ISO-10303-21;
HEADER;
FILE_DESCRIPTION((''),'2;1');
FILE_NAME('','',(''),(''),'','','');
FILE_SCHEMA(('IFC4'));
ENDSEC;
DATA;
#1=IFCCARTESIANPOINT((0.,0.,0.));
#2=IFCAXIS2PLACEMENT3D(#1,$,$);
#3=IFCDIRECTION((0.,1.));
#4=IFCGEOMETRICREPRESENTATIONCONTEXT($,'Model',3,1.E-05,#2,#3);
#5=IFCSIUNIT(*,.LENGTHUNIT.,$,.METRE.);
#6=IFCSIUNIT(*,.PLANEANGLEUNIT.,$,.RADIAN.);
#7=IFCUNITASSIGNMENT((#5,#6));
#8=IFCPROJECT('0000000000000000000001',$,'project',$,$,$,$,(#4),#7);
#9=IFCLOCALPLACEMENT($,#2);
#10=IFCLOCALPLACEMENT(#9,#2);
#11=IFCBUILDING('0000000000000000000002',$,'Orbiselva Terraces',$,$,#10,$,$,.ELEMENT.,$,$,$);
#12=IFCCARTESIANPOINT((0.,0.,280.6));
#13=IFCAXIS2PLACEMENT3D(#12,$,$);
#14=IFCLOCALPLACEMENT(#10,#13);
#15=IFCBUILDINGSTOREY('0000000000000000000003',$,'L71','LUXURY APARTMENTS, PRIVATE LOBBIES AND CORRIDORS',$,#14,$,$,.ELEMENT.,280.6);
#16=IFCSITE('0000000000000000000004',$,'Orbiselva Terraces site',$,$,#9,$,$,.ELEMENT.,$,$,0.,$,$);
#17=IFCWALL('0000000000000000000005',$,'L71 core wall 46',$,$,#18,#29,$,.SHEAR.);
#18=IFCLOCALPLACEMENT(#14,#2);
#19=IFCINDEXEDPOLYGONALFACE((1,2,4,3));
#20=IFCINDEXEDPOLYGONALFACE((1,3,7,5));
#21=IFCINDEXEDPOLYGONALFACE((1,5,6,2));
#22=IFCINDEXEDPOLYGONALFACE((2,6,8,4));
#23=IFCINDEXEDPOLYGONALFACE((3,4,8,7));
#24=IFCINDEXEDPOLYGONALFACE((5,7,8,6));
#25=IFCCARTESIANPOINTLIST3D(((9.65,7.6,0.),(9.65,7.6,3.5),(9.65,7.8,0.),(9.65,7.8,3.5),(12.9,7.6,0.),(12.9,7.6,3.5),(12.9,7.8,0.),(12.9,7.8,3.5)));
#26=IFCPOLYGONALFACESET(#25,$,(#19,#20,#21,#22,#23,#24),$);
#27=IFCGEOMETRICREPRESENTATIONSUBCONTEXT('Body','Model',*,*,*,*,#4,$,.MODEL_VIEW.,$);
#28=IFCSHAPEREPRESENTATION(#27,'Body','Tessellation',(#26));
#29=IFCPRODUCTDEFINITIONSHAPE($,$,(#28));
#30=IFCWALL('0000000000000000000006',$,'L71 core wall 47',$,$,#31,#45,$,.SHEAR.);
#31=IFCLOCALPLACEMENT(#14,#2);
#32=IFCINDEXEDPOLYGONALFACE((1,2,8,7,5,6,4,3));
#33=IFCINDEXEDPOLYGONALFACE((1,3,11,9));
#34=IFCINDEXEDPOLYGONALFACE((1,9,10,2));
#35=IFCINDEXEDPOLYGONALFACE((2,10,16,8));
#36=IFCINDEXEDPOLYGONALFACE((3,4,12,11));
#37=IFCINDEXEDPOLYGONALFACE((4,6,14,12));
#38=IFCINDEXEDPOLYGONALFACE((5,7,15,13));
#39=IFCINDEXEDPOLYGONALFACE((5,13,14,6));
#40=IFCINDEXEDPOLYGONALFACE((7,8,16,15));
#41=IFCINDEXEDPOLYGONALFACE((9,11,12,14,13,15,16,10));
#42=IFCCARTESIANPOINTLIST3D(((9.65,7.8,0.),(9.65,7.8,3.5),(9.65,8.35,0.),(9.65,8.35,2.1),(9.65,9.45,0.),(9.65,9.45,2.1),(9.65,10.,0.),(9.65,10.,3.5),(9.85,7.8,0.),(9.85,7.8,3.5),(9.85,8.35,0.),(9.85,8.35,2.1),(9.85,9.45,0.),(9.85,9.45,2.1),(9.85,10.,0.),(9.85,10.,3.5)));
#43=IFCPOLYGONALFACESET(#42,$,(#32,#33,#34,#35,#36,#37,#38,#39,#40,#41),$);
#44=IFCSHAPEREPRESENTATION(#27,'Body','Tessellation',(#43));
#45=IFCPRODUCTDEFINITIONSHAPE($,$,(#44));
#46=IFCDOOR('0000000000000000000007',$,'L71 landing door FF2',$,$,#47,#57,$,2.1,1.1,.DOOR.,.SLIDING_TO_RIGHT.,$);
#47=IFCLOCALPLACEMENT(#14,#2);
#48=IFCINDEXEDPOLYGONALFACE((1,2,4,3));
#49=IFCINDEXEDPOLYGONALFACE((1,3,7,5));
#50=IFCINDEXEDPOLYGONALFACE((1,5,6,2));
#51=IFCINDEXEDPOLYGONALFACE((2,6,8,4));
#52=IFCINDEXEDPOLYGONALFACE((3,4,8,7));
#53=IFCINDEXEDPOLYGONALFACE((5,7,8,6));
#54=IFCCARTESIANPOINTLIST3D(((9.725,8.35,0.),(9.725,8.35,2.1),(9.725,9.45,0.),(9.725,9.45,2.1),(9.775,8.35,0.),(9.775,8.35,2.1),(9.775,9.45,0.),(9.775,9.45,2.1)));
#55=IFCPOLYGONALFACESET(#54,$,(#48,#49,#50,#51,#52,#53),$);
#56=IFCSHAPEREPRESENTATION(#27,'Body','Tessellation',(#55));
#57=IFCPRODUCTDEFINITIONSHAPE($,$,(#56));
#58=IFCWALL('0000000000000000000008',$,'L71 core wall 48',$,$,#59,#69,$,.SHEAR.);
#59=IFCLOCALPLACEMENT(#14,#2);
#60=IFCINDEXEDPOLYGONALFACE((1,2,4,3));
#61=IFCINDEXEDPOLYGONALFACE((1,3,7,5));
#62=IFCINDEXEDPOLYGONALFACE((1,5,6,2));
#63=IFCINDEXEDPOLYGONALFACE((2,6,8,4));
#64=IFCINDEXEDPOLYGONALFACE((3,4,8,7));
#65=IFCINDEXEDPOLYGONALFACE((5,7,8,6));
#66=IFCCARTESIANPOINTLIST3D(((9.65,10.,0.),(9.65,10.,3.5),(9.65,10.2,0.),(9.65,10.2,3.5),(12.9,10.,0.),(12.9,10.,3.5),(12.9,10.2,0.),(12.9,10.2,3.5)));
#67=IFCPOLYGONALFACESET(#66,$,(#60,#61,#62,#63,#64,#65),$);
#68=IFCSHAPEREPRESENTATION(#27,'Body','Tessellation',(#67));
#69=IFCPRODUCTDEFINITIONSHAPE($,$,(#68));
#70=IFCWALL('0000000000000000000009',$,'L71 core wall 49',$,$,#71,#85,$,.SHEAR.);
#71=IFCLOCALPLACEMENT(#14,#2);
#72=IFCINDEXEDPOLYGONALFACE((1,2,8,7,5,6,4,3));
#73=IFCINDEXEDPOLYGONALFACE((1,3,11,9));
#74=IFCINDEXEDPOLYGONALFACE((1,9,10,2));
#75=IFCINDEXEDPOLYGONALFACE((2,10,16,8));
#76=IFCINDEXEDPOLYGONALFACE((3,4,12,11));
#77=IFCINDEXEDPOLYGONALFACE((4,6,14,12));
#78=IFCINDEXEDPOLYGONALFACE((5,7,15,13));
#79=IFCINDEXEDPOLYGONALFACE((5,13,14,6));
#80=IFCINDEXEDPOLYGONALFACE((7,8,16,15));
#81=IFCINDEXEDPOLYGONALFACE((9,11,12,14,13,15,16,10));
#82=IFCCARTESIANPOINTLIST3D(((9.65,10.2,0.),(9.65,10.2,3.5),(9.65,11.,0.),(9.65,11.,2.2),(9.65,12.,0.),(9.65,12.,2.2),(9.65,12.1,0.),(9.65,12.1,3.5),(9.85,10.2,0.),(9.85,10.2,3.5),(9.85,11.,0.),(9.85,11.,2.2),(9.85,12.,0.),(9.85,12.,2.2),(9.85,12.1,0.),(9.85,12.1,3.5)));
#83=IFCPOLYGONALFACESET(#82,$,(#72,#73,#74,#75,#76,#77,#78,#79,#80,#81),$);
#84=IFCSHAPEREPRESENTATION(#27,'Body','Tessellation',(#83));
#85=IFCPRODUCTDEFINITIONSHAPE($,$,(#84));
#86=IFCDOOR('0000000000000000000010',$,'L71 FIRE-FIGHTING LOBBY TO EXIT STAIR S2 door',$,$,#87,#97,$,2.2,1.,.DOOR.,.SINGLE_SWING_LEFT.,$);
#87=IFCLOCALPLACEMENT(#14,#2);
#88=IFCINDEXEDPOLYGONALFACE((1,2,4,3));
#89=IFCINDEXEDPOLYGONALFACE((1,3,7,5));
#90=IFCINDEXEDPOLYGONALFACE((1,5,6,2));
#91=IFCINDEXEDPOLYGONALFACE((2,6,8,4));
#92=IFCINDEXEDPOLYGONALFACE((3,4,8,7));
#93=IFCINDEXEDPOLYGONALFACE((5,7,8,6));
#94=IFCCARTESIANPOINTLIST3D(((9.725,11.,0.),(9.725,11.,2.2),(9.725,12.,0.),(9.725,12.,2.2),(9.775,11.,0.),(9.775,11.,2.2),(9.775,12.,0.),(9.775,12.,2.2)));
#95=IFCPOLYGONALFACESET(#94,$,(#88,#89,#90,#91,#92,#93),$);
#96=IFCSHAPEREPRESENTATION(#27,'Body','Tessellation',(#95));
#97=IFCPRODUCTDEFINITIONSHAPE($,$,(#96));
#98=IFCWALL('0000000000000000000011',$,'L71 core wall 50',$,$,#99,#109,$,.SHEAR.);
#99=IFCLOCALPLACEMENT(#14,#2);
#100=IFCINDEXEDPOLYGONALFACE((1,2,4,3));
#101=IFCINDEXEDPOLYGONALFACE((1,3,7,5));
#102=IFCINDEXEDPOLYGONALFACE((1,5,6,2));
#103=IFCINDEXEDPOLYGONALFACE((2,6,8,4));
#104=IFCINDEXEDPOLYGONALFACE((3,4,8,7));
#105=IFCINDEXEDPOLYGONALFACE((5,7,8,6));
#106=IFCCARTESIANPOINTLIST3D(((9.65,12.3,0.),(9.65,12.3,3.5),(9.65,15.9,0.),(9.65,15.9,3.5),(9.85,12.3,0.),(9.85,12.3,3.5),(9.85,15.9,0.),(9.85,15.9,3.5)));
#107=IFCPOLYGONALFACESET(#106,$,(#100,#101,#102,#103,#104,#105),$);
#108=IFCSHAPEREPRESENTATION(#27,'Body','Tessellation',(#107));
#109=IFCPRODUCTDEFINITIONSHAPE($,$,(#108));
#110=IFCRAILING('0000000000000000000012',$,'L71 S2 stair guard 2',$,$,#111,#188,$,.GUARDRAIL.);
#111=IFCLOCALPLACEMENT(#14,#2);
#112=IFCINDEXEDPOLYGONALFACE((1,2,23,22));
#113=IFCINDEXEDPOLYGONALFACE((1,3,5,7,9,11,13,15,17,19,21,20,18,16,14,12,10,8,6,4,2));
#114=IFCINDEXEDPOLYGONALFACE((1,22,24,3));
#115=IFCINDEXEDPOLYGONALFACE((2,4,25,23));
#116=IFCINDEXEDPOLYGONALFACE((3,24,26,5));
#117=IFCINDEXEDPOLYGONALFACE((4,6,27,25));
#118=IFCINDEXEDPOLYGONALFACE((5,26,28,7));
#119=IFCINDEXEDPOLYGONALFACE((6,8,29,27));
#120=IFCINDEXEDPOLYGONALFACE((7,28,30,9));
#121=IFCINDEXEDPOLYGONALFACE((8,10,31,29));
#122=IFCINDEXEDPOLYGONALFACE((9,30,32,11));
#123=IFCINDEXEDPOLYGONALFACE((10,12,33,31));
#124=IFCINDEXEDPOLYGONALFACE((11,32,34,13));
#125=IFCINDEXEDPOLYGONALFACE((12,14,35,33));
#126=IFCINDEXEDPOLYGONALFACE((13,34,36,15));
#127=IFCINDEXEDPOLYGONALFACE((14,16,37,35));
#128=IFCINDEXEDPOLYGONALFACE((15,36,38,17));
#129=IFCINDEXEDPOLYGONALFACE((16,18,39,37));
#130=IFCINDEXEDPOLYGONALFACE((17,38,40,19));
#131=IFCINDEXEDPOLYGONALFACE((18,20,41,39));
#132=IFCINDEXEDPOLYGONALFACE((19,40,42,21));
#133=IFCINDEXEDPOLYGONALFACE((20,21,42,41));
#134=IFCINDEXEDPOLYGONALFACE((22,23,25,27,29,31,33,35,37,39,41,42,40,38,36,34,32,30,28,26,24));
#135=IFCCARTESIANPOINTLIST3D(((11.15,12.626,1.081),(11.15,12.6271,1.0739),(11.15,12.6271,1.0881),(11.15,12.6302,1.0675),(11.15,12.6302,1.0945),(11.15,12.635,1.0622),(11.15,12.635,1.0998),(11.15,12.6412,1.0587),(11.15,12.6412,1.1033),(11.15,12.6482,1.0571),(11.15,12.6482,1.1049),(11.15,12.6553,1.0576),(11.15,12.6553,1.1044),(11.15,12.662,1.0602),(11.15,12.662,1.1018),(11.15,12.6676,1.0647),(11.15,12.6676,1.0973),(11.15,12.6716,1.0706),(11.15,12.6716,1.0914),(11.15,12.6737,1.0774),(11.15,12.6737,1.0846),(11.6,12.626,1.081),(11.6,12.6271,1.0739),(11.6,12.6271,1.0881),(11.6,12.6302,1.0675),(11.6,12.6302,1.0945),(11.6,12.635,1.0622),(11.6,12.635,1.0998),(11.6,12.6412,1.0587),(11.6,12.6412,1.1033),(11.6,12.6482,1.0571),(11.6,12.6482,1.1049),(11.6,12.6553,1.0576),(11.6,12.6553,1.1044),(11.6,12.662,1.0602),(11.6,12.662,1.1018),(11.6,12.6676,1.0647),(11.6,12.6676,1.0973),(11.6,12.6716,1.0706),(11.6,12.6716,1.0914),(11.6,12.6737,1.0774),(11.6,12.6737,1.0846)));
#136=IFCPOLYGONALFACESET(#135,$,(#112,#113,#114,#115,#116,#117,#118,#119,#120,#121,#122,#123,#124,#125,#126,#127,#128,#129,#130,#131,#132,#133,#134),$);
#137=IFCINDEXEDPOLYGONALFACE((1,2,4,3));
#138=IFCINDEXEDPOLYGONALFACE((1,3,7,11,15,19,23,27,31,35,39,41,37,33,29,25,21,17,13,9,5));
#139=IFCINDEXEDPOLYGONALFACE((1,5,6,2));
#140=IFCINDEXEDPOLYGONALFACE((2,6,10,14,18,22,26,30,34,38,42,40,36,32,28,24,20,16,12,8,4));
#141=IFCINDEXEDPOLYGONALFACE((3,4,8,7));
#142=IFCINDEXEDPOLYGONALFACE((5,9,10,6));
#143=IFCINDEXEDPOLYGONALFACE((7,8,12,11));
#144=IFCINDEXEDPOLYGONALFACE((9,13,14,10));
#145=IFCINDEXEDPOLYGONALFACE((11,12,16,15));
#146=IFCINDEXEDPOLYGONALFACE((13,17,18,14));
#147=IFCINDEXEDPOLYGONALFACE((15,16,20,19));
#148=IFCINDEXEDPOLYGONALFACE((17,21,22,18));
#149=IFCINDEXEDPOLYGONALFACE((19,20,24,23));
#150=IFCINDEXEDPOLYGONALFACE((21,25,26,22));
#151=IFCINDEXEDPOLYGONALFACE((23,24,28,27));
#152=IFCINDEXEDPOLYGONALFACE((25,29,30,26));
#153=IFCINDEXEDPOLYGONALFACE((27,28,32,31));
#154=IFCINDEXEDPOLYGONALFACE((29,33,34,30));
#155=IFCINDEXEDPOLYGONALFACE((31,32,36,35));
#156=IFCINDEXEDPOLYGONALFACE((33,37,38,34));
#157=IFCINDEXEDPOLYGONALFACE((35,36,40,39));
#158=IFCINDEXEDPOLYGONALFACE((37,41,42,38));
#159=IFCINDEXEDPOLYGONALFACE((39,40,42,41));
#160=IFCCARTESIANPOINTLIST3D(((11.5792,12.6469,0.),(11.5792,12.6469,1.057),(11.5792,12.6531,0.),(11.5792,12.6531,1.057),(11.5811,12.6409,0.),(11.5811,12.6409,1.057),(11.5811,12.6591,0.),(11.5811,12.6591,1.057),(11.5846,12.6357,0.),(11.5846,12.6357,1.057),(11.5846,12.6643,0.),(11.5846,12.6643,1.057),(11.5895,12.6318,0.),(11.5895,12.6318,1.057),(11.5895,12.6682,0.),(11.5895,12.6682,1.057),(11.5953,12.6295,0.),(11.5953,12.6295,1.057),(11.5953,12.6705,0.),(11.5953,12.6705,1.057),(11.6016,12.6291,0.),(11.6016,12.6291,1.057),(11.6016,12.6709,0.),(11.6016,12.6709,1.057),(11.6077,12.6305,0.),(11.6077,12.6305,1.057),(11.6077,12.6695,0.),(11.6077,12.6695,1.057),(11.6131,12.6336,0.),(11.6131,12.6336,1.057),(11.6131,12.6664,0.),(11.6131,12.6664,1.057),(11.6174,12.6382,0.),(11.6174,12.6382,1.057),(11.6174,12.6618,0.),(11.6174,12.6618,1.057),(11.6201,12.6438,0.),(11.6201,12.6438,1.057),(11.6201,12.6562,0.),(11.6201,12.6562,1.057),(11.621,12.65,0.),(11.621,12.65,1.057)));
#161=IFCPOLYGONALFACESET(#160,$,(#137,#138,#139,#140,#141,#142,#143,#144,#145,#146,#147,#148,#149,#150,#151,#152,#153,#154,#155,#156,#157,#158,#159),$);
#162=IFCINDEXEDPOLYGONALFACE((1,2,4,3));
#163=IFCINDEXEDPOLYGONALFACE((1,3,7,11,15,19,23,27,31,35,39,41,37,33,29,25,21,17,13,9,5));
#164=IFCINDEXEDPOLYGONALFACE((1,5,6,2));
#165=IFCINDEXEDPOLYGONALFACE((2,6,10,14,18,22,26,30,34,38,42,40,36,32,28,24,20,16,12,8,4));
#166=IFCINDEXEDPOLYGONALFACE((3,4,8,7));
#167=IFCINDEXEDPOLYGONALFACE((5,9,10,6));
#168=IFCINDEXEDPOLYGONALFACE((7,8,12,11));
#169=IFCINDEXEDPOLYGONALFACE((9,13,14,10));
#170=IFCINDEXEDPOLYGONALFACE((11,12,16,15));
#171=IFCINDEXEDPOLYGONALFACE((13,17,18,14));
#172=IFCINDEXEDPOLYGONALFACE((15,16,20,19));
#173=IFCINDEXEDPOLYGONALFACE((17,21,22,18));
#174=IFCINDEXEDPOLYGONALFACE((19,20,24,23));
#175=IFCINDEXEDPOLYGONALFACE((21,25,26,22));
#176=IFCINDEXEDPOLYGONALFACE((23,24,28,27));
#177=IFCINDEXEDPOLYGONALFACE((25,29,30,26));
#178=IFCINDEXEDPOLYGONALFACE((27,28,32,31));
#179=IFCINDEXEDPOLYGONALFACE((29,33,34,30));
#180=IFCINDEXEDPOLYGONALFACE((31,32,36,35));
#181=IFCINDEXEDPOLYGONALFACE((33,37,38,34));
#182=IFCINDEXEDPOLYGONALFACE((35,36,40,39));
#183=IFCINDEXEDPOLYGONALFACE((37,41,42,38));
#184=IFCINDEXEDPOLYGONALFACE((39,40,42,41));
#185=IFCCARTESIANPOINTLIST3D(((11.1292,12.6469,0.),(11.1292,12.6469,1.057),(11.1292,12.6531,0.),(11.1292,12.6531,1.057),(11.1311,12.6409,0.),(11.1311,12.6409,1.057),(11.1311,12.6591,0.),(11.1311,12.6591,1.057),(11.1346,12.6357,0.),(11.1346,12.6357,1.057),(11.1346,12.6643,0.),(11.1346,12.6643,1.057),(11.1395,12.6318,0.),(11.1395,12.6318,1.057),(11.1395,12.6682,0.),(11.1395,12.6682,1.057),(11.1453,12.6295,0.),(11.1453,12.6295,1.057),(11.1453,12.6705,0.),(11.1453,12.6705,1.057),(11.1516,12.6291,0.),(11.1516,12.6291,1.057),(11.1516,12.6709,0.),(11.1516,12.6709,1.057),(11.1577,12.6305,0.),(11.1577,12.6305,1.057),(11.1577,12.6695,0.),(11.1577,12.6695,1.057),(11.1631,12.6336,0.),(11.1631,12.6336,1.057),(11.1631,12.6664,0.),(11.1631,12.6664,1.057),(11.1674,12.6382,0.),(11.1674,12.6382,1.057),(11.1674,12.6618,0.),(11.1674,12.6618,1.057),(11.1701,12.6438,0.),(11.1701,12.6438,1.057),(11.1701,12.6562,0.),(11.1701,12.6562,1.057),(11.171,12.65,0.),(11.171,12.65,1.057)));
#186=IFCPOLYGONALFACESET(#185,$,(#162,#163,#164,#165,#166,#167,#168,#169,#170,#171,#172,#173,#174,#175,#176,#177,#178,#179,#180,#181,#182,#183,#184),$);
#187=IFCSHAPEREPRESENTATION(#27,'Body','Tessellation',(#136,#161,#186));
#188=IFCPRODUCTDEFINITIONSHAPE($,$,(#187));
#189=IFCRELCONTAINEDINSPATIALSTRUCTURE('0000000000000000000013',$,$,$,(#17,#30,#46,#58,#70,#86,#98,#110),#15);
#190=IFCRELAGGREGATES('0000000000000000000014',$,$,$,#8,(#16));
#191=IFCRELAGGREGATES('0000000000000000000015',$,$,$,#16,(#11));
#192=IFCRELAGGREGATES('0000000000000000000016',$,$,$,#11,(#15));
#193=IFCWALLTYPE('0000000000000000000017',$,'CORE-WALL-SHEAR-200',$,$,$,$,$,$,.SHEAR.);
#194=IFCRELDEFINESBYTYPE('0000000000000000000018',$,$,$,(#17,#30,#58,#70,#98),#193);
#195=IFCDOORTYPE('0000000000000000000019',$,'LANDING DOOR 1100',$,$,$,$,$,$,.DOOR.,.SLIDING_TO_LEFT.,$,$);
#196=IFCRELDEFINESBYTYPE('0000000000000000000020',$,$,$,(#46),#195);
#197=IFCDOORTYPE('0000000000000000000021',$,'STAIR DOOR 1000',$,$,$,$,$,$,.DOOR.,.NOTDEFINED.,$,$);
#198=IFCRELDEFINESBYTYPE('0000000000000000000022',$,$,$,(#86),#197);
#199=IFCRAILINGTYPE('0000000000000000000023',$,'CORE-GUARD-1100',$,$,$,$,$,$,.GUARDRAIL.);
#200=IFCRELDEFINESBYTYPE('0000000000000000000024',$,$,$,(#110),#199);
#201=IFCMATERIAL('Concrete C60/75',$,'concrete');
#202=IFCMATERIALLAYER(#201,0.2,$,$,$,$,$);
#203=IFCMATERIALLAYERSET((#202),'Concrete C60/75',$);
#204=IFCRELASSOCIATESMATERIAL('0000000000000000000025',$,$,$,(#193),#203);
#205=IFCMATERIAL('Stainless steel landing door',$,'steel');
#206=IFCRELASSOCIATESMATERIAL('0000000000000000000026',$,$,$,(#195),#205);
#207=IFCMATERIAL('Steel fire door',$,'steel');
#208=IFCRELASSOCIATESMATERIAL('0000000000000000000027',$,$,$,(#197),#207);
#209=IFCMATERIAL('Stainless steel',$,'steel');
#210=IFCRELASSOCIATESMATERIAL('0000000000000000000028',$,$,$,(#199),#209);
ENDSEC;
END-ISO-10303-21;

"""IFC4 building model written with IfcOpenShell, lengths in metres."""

from ifc_helpers import new_model, si_unit, direction, frame, frame_2d, origin, origin_2d, place, context, subcontext, project, spatial, rectangle, circle, extrude, material, layer, layer_set, type_object, element, fill, save


model = new_model("IFC4")

# Units and contexts
model_context = context("Model", 3, precision=1e-05, world=origin(), true_north=direction((0.0, 1.0)))
body_context = subcontext(model_context, "Body", "Model", "MODEL_VIEW")
ifc_project = project(units=[si_unit("LENGTHUNIT", "METRE"), si_unit("PLANEANGLEUNIT", "RADIAN")], contexts=[model_context])

# Site, building, storey
site_placement = place(None, origin())
site = spatial("IfcSite", under=ifc_project, at=site_placement, Name="Orbiselva Terraces site", CompositionType="ELEMENT", RefElevation=0.0)
building_placement = place(site_placement, origin())
building = spatial("IfcBuilding", under=site, at=building_placement, Name="Orbiselva Terraces", CompositionType="ELEMENT")
storey_placement = place(building_placement, frame((0.0, 0.0, 280.6)))
storey = spatial("IfcBuildingStorey", under=building, at=storey_placement, Name="L71", Description="LUXURY APARTMENTS, PRIVATE LOBBIES AND CORRIDORS", CompositionType="ELEMENT", Elevation=280.6)

# Shared definitions
ifc_material_1 = material(Name="Steel fire door", Category="steel")

# Shared definitions
ifc_material_2 = material(Name="Concrete C60/75", Category="concrete")
ifc_layer_1 = layer(ifc_material_2, 0.2)
ifc_layer_set_1 = layer_set([ifc_layer_1], Name="Concrete C60/75")
wall_type_1 = type_object("IfcWallType", Name="CORE-WALL-SHEAR-200", PredefinedType="SHEAR", material=ifc_layer_set_1)

# Shared definitions
ifc_material_3 = material(Name="Stainless steel landing door", Category="steel")
door_type_1 = type_object("IfcDoorType", Name="LANDING DOOR 1100", OperationType="SLIDING_TO_LEFT", PredefinedType="DOOR", material=ifc_material_3)

# Wall
wall_1_placement = place(storey_placement, frame((9.65, 7.7, 0.0), z_axis=(0.0, 0.0, 1.0), x_axis=(1.0, 0.0, 0.0)))
element("IfcWall", 1, at=wall_1_placement, inside=storey, type_object=wall_type_1, Name="L71 core wall 46", PredefinedType="SHEAR", context=body_context, shape_type="SweptSolid", body=[
    extrude(rectangle(XDim=3.25, YDim=0.2, at=frame_2d((1.625, 0.0))), origin(), (0.0, 0.0, 1.0), 3.5),
])

# Wall, opening, door
wall_2_placement = place(storey_placement, frame((9.75, 7.8, 0.0), z_axis=(0.0, 0.0, 1.0), x_axis=(0.0, 1.0, 0.0)))
wall_2 = element("IfcWall", 2, at=wall_2_placement, inside=storey, type_object=wall_type_1, Name="L71 core wall 47", PredefinedType="SHEAR", context=body_context, shape_type="SweptSolid", body=[
    extrude(rectangle(XDim=2.2, YDim=0.2, at=frame_2d((1.1, 0.0))), origin(), (0.0, 0.0, 1.0), 3.5),
])
opening_1_placement = place(wall_2_placement, frame((0.55, 0.0, 0.0)))
opening_1 = element("IfcOpeningElement", 3, at=opening_1_placement, cuts=wall_2, PredefinedType="OPENING", context=body_context, shape_type="SweptSolid", body=[
    extrude(rectangle(XDim=1.1, YDim=2.1, at=frame_2d((0.55, 1.05))), frame((0.0, 0.11, 0.0), z_axis=(0.0, -1.0, 0.0), x_axis=(1.0, 0.0, 0.0)), (0.0, 0.0, 1.0), 0.22),
])
door_1_placement = place(opening_1_placement, origin())
door_1 = element("IfcDoor", 4, at=door_1_placement, inside=storey, type_object=door_type_1, Name="L71 landing door FF2", OperationType="SLIDING_TO_RIGHT", OverallHeight=2.1, OverallWidth=1.1, PredefinedType="DOOR", context=body_context, shape_type="SweptSolid", body=[
    extrude(rectangle(XDim=1.1, YDim=2.1, at=frame_2d((0.55, 1.05))), frame((0.0, 0.025, 0.0), z_axis=(0.0, -1.0, 0.0), x_axis=(1.0, 0.0, 0.0)), (0.0, 0.0, 1.0), 0.05),
])
fill(opening_1, door_1)

# Wall
wall_3_placement = place(storey_placement, frame((9.65, 10.1, 0.0), z_axis=(0.0, 0.0, 1.0), x_axis=(1.0, 0.0, 0.0)))
element("IfcWall", 5, at=wall_3_placement, inside=storey, type_object=wall_type_1, Name="L71 core wall 48", PredefinedType="SHEAR", context=body_context, shape_type="SweptSolid", body=[
    extrude(rectangle(XDim=3.25, YDim=0.2, at=frame_2d((1.625, 0.0))), origin(), (0.0, 0.0, 1.0), 3.5),
])

# Wall, opening, door
wall_4_placement = place(storey_placement, frame((9.75, 12.1, 0.0), z_axis=(0.0, 0.0, 1.0), x_axis=(0.0, -1.0, 0.0)))
wall_4 = element("IfcWall", 6, at=wall_4_placement, inside=storey, type_object=wall_type_1, Name="L71 core wall 49", PredefinedType="SHEAR", context=body_context, shape_type="SweptSolid", body=[
    extrude(rectangle(XDim=1.9, YDim=0.2, at=frame_2d((0.95, 0.0))), origin(), (0.0, 0.0, 1.0), 3.5),
])
opening_2_placement = place(wall_4_placement, frame((0.1, 0.0, 0.0)))
opening_2 = element("IfcOpeningElement", 7, at=opening_2_placement, cuts=wall_4, PredefinedType="OPENING", context=body_context, shape_type="SweptSolid", body=[
    extrude(rectangle(XDim=1.0, YDim=2.2, at=frame_2d((0.5, 1.1))), frame((0.0, 0.11, 0.0), z_axis=(0.0, -1.0, 0.0), x_axis=(1.0, 0.0, 0.0)), (0.0, 0.0, 1.0), 0.22),
])
door_type_2 = type_object("IfcDoorType", Name="STAIR DOOR 1000", OperationType="NOTDEFINED", PredefinedType="DOOR", material=ifc_material_1)
door_2_placement = place(opening_2_placement, origin())
door_2 = element("IfcDoor", 8, at=door_2_placement, inside=storey, type_object=door_type_2, Name="L71 FIRE-FIGHTING LOBBY TO EXIT STAIR S2 door", OperationType="SINGLE_SWING_LEFT", OverallHeight=2.2, OverallWidth=1.0, PredefinedType="DOOR", context=body_context, shape_type="SweptSolid", body=[
    extrude(rectangle(XDim=1.0, YDim=2.2, at=frame_2d((0.5, 1.1))), frame((0.0, 0.025, 0.0), z_axis=(0.0, -1.0, 0.0), x_axis=(1.0, 0.0, 0.0)), (0.0, 0.0, 1.0), 0.05),
])
fill(opening_2, door_2)

# Wall
wall_5_placement = place(storey_placement, frame((9.75, 12.3, 0.0), z_axis=(0.0, 0.0, 1.0), x_axis=(0.0, 1.0, 0.0)))
element("IfcWall", 9, at=wall_5_placement, inside=storey, type_object=wall_type_1, Name="L71 core wall 50", PredefinedType="SHEAR", context=body_context, shape_type="SweptSolid", body=[
    extrude(rectangle(XDim=3.6, YDim=0.2, at=frame_2d((1.8, 0.0))), origin(), (0.0, 0.0, 1.0), 3.5),
])

# Railing
ifc_material_4 = material(Name="Stainless steel", Category="steel")
railing_type = type_object("IfcRailingType", Name="CORE-GUARD-1100", PredefinedType="GUARDRAIL", material=ifc_material_4)
railing_1_placement = place(storey_placement, frame((11.6, 12.65, 0.0)))
element("IfcRailing", 10, at=railing_1_placement, inside=storey, type_object=railing_type, Name="L71 S2 stair guard 2", PredefinedType="GUARDRAIL", context=body_context, shape_type="SweptSolid", body=[
    extrude(circle(Radius=0.024, at=origin_2d()), frame((0.0, 0.0, 1.081), z_axis=(-1.0, 0.0, 0.0), x_axis=(0.0, -1.0, 0.0)), (0.0, 0.0, 1.0), 0.45),
    extrude(circle(Radius=0.021, at=origin_2d()), origin(), (0.0, 0.0, 1.0), 1.057),
    extrude(circle(Radius=0.021, at=origin_2d()), frame((-0.45, 0.0, 0.0)), (0.0, 0.0, 1.0), 1.057),
])

save(model, "model.ifc")
